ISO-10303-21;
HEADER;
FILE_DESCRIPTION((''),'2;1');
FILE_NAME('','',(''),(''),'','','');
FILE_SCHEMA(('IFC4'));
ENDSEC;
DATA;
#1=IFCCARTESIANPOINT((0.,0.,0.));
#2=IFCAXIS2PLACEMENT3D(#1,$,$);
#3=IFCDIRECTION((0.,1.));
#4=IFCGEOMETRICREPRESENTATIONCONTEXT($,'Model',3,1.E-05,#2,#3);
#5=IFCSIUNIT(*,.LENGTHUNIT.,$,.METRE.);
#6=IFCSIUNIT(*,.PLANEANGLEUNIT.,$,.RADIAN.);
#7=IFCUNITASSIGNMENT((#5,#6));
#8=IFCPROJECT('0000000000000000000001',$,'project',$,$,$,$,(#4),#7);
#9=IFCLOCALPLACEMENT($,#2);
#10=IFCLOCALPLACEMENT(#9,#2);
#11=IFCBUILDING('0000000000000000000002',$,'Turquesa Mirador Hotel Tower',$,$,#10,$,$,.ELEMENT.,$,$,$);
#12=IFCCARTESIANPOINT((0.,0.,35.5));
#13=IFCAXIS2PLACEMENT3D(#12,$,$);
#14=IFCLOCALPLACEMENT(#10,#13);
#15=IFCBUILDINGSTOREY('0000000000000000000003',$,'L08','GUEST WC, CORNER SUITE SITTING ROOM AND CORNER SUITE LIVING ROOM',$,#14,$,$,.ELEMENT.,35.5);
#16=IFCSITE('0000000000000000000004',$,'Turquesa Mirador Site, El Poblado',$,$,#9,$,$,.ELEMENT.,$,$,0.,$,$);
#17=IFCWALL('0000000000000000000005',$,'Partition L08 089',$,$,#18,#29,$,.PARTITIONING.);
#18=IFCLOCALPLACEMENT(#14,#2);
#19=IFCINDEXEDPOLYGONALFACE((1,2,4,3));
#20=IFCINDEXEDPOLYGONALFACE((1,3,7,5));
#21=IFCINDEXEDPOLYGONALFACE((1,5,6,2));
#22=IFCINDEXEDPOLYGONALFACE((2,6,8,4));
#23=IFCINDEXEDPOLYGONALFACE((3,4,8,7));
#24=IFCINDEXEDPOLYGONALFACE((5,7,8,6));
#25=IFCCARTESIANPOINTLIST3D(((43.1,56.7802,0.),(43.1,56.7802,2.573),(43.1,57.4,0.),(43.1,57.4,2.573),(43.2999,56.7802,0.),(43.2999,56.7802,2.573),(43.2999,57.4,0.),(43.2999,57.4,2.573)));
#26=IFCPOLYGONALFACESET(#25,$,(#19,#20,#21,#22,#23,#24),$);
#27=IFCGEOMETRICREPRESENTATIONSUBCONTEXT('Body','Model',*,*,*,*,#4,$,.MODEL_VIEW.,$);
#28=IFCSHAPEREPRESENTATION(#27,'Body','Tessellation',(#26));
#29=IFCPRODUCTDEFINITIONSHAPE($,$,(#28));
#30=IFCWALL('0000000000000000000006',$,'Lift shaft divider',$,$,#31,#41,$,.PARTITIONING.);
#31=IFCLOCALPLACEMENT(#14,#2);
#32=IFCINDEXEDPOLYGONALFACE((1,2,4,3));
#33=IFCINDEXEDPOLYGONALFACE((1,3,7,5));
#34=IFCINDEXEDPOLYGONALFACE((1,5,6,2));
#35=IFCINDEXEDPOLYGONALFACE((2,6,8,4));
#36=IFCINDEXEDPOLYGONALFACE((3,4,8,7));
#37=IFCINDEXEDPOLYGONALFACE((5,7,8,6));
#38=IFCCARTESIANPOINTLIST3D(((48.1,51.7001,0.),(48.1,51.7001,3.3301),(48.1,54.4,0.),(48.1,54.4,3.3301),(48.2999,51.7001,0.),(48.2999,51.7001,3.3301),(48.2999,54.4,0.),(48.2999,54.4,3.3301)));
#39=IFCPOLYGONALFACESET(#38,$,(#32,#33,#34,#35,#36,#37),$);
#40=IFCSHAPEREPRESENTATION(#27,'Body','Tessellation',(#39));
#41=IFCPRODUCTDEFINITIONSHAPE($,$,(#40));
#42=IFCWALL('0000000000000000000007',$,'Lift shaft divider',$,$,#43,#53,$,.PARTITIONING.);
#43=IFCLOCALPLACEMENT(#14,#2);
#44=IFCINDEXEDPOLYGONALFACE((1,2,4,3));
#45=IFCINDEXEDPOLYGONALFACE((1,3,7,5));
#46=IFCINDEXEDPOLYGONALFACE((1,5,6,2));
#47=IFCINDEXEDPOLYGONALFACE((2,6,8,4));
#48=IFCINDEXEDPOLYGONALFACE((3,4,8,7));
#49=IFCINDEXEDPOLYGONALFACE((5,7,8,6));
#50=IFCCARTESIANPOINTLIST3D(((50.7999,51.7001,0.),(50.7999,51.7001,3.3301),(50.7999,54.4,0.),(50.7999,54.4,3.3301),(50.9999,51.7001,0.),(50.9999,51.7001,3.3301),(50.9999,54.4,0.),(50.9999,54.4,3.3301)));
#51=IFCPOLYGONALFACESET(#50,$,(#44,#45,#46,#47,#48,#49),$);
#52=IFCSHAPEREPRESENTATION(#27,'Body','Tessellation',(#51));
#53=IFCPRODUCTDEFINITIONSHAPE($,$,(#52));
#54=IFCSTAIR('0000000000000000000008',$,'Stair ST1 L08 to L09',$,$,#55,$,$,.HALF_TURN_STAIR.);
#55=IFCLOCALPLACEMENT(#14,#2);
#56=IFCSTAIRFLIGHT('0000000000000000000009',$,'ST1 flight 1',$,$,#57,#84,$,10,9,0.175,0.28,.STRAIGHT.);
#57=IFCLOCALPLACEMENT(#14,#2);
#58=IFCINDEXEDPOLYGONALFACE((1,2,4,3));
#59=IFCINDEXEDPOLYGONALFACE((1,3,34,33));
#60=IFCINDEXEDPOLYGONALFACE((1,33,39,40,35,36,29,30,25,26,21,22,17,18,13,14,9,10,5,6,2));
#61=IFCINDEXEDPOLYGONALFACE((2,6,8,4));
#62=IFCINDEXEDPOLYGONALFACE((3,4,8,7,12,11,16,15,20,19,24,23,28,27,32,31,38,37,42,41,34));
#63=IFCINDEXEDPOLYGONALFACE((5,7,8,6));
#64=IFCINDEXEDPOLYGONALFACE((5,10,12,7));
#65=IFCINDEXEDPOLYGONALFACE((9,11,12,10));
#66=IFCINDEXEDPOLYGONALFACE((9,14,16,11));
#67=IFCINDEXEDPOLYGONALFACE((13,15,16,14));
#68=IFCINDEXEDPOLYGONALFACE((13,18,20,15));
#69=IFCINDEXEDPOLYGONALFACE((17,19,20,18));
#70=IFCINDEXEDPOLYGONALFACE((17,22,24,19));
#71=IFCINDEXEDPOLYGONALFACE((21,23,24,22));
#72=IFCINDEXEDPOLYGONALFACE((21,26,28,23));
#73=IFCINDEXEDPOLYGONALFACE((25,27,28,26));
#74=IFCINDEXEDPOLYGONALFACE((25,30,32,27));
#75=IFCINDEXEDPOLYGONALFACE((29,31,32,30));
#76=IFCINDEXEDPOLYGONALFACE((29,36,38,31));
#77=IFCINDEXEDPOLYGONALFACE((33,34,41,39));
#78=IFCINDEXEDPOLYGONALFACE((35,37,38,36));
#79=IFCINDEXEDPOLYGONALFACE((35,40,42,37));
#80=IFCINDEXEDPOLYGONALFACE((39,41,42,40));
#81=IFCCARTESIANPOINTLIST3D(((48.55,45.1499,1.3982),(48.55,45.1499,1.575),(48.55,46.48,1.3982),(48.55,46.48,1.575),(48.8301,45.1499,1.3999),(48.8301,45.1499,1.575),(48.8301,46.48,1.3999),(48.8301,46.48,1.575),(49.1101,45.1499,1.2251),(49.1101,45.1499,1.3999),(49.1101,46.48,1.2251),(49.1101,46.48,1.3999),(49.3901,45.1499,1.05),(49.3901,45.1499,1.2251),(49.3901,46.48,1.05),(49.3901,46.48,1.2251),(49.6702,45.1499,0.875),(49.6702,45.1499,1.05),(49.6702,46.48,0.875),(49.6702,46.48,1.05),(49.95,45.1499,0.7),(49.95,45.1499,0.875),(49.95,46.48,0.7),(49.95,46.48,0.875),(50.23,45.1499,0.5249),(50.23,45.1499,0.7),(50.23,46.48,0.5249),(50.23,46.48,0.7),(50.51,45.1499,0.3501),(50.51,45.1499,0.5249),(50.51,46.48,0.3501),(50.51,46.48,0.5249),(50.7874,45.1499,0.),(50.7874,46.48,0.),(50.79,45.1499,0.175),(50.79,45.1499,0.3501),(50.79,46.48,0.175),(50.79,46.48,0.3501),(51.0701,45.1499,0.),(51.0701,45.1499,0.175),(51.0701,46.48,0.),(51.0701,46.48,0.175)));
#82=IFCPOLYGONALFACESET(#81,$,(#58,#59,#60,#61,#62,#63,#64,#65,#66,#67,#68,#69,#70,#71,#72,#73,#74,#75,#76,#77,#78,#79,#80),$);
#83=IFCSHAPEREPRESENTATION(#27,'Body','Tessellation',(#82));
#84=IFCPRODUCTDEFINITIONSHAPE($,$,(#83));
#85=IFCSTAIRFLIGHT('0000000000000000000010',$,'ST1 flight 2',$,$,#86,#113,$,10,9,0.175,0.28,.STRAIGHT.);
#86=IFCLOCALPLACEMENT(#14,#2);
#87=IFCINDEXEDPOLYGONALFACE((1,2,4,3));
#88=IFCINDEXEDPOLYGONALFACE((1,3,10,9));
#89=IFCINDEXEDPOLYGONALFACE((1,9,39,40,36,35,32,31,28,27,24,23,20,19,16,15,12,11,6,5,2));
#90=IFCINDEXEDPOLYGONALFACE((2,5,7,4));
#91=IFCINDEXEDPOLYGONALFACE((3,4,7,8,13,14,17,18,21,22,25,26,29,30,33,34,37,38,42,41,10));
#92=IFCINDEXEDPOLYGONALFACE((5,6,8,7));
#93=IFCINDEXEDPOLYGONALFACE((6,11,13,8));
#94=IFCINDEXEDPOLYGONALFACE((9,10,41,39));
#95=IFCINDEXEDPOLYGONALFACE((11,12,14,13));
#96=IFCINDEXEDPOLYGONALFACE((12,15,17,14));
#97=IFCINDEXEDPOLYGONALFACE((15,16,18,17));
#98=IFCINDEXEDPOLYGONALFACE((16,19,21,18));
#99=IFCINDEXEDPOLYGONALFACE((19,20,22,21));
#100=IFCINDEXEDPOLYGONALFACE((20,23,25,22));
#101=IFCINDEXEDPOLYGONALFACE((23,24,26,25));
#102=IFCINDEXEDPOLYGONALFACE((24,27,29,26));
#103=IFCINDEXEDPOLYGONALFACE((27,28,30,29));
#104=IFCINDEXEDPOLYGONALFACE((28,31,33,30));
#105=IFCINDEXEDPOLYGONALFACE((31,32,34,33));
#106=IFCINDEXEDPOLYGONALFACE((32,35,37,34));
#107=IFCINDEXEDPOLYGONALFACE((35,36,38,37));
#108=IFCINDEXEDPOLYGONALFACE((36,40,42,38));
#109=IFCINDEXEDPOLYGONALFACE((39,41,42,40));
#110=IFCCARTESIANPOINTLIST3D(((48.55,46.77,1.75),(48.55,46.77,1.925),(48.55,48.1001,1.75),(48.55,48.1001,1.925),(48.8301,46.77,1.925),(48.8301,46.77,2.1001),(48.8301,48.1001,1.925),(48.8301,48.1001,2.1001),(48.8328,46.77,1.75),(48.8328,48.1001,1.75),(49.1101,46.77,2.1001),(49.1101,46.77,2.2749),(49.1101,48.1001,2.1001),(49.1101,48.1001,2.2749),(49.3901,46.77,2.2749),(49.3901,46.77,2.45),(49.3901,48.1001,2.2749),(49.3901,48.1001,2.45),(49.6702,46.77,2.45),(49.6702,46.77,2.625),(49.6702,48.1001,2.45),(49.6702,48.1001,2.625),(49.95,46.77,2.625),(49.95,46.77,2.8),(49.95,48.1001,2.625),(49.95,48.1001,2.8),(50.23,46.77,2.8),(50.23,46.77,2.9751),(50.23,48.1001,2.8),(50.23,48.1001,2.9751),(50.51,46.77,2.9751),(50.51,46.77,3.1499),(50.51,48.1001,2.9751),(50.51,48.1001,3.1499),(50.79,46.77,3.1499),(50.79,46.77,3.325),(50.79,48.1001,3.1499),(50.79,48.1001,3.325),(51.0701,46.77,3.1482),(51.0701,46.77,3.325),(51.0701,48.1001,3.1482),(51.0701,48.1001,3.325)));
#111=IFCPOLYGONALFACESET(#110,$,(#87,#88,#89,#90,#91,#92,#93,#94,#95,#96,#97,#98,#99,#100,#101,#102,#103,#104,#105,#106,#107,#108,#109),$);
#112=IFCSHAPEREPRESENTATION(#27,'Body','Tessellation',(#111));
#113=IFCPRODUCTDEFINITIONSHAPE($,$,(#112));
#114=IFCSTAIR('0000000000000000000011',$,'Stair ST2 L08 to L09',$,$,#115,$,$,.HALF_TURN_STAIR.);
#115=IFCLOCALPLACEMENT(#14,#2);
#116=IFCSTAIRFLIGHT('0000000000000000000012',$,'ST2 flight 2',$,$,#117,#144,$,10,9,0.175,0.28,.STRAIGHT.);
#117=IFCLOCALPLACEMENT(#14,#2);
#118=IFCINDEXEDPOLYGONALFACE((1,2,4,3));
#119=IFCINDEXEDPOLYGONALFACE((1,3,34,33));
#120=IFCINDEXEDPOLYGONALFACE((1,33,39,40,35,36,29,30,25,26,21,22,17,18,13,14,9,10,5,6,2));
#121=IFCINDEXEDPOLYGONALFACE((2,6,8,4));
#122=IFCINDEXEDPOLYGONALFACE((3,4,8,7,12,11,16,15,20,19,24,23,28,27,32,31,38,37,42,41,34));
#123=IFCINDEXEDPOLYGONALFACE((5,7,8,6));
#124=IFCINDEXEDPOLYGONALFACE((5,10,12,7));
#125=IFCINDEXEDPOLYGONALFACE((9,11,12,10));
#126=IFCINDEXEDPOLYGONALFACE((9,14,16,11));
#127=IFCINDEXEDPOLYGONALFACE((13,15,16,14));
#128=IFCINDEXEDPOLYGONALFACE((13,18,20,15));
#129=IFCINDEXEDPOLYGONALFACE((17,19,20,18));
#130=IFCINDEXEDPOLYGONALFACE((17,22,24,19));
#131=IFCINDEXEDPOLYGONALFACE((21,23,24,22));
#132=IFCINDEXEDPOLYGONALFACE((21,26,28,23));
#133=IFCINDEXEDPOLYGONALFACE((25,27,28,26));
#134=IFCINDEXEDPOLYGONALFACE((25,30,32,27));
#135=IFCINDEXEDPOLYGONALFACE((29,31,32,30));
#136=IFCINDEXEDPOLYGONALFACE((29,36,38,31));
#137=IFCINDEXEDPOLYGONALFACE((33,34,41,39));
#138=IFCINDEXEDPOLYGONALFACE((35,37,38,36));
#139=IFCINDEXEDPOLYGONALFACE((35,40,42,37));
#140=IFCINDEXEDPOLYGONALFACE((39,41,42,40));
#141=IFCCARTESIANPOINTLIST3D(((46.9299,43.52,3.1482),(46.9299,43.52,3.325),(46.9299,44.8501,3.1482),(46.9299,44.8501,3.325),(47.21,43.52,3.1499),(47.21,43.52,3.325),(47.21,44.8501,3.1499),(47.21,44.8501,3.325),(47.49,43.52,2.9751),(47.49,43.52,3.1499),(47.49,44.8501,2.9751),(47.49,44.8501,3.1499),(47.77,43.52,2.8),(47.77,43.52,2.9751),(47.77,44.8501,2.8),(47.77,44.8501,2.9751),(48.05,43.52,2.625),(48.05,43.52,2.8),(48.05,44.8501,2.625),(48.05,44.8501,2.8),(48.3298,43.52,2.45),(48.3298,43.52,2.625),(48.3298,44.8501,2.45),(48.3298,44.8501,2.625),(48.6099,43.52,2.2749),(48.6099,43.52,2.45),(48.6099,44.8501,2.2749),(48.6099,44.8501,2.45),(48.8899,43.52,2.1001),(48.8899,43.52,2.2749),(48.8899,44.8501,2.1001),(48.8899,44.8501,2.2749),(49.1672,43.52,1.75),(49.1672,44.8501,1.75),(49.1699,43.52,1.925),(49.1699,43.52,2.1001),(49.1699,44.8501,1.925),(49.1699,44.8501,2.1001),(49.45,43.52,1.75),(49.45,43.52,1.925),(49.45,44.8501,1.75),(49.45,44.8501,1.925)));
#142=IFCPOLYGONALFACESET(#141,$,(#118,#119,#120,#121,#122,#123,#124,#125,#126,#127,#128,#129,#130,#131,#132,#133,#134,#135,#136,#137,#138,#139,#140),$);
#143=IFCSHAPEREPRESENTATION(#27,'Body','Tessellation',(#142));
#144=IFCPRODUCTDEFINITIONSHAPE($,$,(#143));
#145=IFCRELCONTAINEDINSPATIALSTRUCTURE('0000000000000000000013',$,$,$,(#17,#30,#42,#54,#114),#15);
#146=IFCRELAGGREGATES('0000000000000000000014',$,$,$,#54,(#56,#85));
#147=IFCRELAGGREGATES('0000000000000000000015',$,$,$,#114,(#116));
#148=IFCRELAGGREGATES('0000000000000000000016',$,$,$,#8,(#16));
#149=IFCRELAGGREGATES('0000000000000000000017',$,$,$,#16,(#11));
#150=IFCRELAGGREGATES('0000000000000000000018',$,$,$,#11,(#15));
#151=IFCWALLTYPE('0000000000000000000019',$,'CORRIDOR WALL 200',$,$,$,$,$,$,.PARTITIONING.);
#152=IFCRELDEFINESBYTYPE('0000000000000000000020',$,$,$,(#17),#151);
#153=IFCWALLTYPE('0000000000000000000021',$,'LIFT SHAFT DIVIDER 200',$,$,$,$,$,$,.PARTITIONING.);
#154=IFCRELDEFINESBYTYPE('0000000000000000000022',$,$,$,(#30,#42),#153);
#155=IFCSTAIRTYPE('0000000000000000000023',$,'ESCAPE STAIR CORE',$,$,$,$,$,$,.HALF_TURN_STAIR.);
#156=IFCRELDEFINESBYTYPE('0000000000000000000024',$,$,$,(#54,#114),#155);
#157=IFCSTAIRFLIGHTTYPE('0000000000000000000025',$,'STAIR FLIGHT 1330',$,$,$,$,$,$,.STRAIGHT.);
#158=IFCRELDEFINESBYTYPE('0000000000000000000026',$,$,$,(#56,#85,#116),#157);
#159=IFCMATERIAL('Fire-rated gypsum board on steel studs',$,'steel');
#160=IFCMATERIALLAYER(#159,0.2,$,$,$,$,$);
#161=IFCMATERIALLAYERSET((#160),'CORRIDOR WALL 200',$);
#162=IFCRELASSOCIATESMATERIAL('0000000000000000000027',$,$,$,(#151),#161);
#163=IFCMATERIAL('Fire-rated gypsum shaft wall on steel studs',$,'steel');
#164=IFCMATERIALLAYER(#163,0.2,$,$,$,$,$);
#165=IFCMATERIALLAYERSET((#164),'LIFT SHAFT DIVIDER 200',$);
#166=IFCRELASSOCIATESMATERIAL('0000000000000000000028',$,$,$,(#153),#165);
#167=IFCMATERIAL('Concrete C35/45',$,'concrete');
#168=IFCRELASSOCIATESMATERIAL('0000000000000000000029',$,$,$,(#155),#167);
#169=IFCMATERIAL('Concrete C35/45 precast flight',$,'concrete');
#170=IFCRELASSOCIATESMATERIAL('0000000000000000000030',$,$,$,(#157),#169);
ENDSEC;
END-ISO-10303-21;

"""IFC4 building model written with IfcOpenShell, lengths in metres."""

from ifc_helpers import new_model, si_unit, direction, frame, frame_2d, origin, place, context, subcontext, project, spatial, polyline, rectangle, outline, extrude, material, layer, layer_set, type_object, element, aggregate, save


model = new_model("IFC4")

# Units and contexts
model_context = context("Model", 3, precision=1e-05, world=origin(), true_north=direction((0.0, 1.0)))
body_context = subcontext(model_context, "Body", "Model", "MODEL_VIEW")
ifc_project = project(units=[si_unit("LENGTHUNIT", "METRE"), si_unit("PLANEANGLEUNIT", "RADIAN")], contexts=[model_context])

# Site, building, storey
site_placement = place(None, origin())
site = spatial("IfcSite", under=ifc_project, at=site_placement, Name="Turquesa Mirador Site, El Poblado", CompositionType="ELEMENT", RefElevation=0.0)
building_placement = place(site_placement, origin())
building = spatial("IfcBuilding", under=site, at=building_placement, Name="Turquesa Mirador Hotel Tower", CompositionType="ELEMENT")
storey_placement = place(building_placement, frame((0.0, 0.0, 35.5)))
storey = spatial("IfcBuildingStorey", under=building, at=storey_placement, Name="L08", Description="GUEST WC, CORNER SUITE SITTING ROOM AND CORNER SUITE LIVING ROOM", CompositionType="ELEMENT", Elevation=35.5)

# Walls
ifc_material_1 = material(Name="Fire-rated gypsum board on steel studs", Category="steel")
ifc_layer_1 = layer(ifc_material_1, 0.2)
ifc_layer_set_1 = layer_set([ifc_layer_1], Name="CORRIDOR WALL 200")
wall_type_1 = type_object("IfcWallType", Name="CORRIDOR WALL 200", PredefinedType="PARTITIONING", material=ifc_layer_set_1)
wall_1_placement = place(storey_placement, frame((43.2, 56.78, 0.0), z_axis=(0.0, 0.0, 1.0), x_axis=(0.0, 1.0, 0.0)))
element("IfcWall", 1, at=wall_1_placement, inside=storey, type_object=wall_type_1, Name="Partition L08 089", PredefinedType="PARTITIONING", context=body_context, shape_type="SweptSolid", body=[
    extrude(rectangle(XDim=0.6199, YDim=0.2, at=frame_2d((0.3101, 0.0))), origin(), (0.0, 0.0, 1.0), 2.573),
])
ifc_material_2 = material(Name="Fire-rated gypsum shaft wall on steel studs", Category="steel")
ifc_layer_2 = layer(ifc_material_2, 0.2)
ifc_layer_set_2 = layer_set([ifc_layer_2], Name="LIFT SHAFT DIVIDER 200")
wall_type_2 = type_object("IfcWallType", Name="LIFT SHAFT DIVIDER 200", PredefinedType="PARTITIONING", material=ifc_layer_set_2)
for number, where, z_axis, x_axis, name in (
    (2, (48.2, 51.7, 0.0), (0.0, 0.0, 1.0), (0.0, 1.0, 0.0), "Lift shaft divider"),
    (3, (50.8999, 51.7, 0.0), (0.0, 0.0, 1.0), (0.0, 1.0, 0.0), "Lift shaft divider"),
):
    element("IfcWall", number, at=place(storey_placement, frame(where, z_axis=z_axis, x_axis=x_axis)), inside=storey, type_object=wall_type_2, Name=name, PredefinedType="PARTITIONING", context=body_context, shape_type="SweptSolid", body=[
        extrude(rectangle(XDim=2.7, YDim=0.2, at=frame_2d((1.3501, 0.0))), origin(), (0.0, 0.0, 1.0), 3.3301),
    ])

# Stair, stair flights
ifc_material_3 = material(Name="Concrete C35/45", Category="concrete")
stair_type = type_object("IfcStairType", Name="ESCAPE STAIR CORE", PredefinedType="HALF_TURN_STAIR", material=ifc_material_3)
stair_1_placement = place(storey_placement, origin())
stair_1 = element("IfcStair", 4, at=stair_1_placement, inside=storey, type_object=stair_type, Name="Stair ST1 L08 to L09", PredefinedType="HALF_TURN_STAIR")
ifc_material_4 = material(Name="Concrete C35/45 precast flight", Category="concrete")
stair_flight_type = type_object("IfcStairFlightType", Name="STAIR FLIGHT 1330", PredefinedType="STRAIGHT", material=ifc_material_4)
stair_flight_1_placement = place(storey_placement, frame((51.0701, 45.8149, 0.0), z_axis=(0.0, 0.0, 1.0), x_axis=(-1.0, 0.0, 0.0)))
stair_flight_1 = element("IfcStairFlight", 5, at=stair_flight_1_placement, type_object=stair_flight_type, Name="ST1 flight 1", NumberOfRisers=10, NumberOfTreads=9, PredefinedType="STRAIGHT", RiserHeight=0.175, TreadLength=0.28, context=body_context, shape_type="SweptSolid", body=[
    extrude(outline(polyline([(0.0, 0.0), (0.0, 0.175), (0.28, 0.175), (0.28, 0.3501), (0.5601, 0.3501), (0.5601, 0.5249), (0.8401, 0.5249), (0.8401, 0.7), (1.1201, 0.7), (1.1201, 0.875), (1.3999, 0.875), (1.3999, 1.05), (1.6799, 1.05), (1.6799, 1.2251), (1.96, 1.2251), (1.96, 1.3999), (2.24, 1.3999), (2.24, 1.575), (2.52, 1.575), (2.52, 1.75), (2.52, 1.3982), (0.2827, 0.0), (0.0, 0.0)])), frame((0.0, 0.665, 0.0), z_axis=(0.0, -1.0, 0.0), x_axis=(1.0, 0.0, 0.0)), (0.0, 0.0, 1.0), 1.3301),
])
stair_flight_2_placement = place(storey_placement, frame((48.55, 47.4351, 1.75), z_axis=(0.0, 0.0, 1.0), x_axis=(1.0, 0.0, 0.0)))
stair_flight_2 = element("IfcStairFlight", 6, at=stair_flight_2_placement, type_object=stair_flight_type, Name="ST1 flight 2", NumberOfRisers=10, NumberOfTreads=9, PredefinedType="STRAIGHT", RiserHeight=0.175, TreadLength=0.28, context=body_context, shape_type="SweptSolid", body=[
    extrude(outline(polyline([(0.0, 0.0), (0.0, 0.175), (0.28, 0.175), (0.28, 0.3501), (0.5601, 0.3501), (0.5601, 0.5249), (0.8401, 0.5249), (0.8401, 0.7), (1.1201, 0.7), (1.1201, 0.875), (1.3999, 0.875), (1.3999, 1.05), (1.6799, 1.05), (1.6799, 1.2251), (1.96, 1.2251), (1.96, 1.3999), (2.24, 1.3999), (2.24, 1.575), (2.52, 1.575), (2.52, 1.75), (2.52, 1.3982), (0.2827, 0.0), (0.0, 0.0)])), frame((0.0, 0.665, 0.0), z_axis=(0.0, -1.0, 0.0), x_axis=(1.0, 0.0, 0.0)), (0.0, 0.0, 1.0), 1.3301),
])
aggregate(stair_1, [stair_flight_1, stair_flight_2])

# Stair, stair flight
stair_2_placement = place(storey_placement, origin())
stair_2 = element("IfcStair", 7, at=stair_2_placement, inside=storey, type_object=stair_type, Name="Stair ST2 L08 to L09", PredefinedType="HALF_TURN_STAIR")
stair_flight_3_placement = place(storey_placement, frame((49.45, 44.1851, 1.75), z_axis=(0.0, 0.0, 1.0), x_axis=(-1.0, 0.0, 0.0)))
stair_flight_3 = element("IfcStairFlight", 8, at=stair_flight_3_placement, type_object=stair_flight_type, Name="ST2 flight 2", NumberOfRisers=10, NumberOfTreads=9, PredefinedType="STRAIGHT", RiserHeight=0.175, TreadLength=0.28, context=body_context, shape_type="SweptSolid", body=[
    extrude(outline(polyline([(0.0, 0.0), (0.0, 0.175), (0.28, 0.175), (0.28, 0.3501), (0.5601, 0.3501), (0.5601, 0.5249), (0.8401, 0.5249), (0.8401, 0.7), (1.1201, 0.7), (1.1201, 0.875), (1.3999, 0.875), (1.3999, 1.05), (1.6799, 1.05), (1.6799, 1.2251), (1.96, 1.2251), (1.96, 1.3999), (2.24, 1.3999), (2.24, 1.575), (2.52, 1.575), (2.52, 1.75), (2.52, 1.3982), (0.2827, 0.0), (0.0, 0.0)])), frame((0.0, 0.665, 0.0), z_axis=(0.0, -1.0, 0.0), x_axis=(1.0, 0.0, 0.0)), (0.0, 0.0, 1.0), 1.3301),
])
aggregate(stair_2, [stair_flight_3])

save(model, "model.ifc")
